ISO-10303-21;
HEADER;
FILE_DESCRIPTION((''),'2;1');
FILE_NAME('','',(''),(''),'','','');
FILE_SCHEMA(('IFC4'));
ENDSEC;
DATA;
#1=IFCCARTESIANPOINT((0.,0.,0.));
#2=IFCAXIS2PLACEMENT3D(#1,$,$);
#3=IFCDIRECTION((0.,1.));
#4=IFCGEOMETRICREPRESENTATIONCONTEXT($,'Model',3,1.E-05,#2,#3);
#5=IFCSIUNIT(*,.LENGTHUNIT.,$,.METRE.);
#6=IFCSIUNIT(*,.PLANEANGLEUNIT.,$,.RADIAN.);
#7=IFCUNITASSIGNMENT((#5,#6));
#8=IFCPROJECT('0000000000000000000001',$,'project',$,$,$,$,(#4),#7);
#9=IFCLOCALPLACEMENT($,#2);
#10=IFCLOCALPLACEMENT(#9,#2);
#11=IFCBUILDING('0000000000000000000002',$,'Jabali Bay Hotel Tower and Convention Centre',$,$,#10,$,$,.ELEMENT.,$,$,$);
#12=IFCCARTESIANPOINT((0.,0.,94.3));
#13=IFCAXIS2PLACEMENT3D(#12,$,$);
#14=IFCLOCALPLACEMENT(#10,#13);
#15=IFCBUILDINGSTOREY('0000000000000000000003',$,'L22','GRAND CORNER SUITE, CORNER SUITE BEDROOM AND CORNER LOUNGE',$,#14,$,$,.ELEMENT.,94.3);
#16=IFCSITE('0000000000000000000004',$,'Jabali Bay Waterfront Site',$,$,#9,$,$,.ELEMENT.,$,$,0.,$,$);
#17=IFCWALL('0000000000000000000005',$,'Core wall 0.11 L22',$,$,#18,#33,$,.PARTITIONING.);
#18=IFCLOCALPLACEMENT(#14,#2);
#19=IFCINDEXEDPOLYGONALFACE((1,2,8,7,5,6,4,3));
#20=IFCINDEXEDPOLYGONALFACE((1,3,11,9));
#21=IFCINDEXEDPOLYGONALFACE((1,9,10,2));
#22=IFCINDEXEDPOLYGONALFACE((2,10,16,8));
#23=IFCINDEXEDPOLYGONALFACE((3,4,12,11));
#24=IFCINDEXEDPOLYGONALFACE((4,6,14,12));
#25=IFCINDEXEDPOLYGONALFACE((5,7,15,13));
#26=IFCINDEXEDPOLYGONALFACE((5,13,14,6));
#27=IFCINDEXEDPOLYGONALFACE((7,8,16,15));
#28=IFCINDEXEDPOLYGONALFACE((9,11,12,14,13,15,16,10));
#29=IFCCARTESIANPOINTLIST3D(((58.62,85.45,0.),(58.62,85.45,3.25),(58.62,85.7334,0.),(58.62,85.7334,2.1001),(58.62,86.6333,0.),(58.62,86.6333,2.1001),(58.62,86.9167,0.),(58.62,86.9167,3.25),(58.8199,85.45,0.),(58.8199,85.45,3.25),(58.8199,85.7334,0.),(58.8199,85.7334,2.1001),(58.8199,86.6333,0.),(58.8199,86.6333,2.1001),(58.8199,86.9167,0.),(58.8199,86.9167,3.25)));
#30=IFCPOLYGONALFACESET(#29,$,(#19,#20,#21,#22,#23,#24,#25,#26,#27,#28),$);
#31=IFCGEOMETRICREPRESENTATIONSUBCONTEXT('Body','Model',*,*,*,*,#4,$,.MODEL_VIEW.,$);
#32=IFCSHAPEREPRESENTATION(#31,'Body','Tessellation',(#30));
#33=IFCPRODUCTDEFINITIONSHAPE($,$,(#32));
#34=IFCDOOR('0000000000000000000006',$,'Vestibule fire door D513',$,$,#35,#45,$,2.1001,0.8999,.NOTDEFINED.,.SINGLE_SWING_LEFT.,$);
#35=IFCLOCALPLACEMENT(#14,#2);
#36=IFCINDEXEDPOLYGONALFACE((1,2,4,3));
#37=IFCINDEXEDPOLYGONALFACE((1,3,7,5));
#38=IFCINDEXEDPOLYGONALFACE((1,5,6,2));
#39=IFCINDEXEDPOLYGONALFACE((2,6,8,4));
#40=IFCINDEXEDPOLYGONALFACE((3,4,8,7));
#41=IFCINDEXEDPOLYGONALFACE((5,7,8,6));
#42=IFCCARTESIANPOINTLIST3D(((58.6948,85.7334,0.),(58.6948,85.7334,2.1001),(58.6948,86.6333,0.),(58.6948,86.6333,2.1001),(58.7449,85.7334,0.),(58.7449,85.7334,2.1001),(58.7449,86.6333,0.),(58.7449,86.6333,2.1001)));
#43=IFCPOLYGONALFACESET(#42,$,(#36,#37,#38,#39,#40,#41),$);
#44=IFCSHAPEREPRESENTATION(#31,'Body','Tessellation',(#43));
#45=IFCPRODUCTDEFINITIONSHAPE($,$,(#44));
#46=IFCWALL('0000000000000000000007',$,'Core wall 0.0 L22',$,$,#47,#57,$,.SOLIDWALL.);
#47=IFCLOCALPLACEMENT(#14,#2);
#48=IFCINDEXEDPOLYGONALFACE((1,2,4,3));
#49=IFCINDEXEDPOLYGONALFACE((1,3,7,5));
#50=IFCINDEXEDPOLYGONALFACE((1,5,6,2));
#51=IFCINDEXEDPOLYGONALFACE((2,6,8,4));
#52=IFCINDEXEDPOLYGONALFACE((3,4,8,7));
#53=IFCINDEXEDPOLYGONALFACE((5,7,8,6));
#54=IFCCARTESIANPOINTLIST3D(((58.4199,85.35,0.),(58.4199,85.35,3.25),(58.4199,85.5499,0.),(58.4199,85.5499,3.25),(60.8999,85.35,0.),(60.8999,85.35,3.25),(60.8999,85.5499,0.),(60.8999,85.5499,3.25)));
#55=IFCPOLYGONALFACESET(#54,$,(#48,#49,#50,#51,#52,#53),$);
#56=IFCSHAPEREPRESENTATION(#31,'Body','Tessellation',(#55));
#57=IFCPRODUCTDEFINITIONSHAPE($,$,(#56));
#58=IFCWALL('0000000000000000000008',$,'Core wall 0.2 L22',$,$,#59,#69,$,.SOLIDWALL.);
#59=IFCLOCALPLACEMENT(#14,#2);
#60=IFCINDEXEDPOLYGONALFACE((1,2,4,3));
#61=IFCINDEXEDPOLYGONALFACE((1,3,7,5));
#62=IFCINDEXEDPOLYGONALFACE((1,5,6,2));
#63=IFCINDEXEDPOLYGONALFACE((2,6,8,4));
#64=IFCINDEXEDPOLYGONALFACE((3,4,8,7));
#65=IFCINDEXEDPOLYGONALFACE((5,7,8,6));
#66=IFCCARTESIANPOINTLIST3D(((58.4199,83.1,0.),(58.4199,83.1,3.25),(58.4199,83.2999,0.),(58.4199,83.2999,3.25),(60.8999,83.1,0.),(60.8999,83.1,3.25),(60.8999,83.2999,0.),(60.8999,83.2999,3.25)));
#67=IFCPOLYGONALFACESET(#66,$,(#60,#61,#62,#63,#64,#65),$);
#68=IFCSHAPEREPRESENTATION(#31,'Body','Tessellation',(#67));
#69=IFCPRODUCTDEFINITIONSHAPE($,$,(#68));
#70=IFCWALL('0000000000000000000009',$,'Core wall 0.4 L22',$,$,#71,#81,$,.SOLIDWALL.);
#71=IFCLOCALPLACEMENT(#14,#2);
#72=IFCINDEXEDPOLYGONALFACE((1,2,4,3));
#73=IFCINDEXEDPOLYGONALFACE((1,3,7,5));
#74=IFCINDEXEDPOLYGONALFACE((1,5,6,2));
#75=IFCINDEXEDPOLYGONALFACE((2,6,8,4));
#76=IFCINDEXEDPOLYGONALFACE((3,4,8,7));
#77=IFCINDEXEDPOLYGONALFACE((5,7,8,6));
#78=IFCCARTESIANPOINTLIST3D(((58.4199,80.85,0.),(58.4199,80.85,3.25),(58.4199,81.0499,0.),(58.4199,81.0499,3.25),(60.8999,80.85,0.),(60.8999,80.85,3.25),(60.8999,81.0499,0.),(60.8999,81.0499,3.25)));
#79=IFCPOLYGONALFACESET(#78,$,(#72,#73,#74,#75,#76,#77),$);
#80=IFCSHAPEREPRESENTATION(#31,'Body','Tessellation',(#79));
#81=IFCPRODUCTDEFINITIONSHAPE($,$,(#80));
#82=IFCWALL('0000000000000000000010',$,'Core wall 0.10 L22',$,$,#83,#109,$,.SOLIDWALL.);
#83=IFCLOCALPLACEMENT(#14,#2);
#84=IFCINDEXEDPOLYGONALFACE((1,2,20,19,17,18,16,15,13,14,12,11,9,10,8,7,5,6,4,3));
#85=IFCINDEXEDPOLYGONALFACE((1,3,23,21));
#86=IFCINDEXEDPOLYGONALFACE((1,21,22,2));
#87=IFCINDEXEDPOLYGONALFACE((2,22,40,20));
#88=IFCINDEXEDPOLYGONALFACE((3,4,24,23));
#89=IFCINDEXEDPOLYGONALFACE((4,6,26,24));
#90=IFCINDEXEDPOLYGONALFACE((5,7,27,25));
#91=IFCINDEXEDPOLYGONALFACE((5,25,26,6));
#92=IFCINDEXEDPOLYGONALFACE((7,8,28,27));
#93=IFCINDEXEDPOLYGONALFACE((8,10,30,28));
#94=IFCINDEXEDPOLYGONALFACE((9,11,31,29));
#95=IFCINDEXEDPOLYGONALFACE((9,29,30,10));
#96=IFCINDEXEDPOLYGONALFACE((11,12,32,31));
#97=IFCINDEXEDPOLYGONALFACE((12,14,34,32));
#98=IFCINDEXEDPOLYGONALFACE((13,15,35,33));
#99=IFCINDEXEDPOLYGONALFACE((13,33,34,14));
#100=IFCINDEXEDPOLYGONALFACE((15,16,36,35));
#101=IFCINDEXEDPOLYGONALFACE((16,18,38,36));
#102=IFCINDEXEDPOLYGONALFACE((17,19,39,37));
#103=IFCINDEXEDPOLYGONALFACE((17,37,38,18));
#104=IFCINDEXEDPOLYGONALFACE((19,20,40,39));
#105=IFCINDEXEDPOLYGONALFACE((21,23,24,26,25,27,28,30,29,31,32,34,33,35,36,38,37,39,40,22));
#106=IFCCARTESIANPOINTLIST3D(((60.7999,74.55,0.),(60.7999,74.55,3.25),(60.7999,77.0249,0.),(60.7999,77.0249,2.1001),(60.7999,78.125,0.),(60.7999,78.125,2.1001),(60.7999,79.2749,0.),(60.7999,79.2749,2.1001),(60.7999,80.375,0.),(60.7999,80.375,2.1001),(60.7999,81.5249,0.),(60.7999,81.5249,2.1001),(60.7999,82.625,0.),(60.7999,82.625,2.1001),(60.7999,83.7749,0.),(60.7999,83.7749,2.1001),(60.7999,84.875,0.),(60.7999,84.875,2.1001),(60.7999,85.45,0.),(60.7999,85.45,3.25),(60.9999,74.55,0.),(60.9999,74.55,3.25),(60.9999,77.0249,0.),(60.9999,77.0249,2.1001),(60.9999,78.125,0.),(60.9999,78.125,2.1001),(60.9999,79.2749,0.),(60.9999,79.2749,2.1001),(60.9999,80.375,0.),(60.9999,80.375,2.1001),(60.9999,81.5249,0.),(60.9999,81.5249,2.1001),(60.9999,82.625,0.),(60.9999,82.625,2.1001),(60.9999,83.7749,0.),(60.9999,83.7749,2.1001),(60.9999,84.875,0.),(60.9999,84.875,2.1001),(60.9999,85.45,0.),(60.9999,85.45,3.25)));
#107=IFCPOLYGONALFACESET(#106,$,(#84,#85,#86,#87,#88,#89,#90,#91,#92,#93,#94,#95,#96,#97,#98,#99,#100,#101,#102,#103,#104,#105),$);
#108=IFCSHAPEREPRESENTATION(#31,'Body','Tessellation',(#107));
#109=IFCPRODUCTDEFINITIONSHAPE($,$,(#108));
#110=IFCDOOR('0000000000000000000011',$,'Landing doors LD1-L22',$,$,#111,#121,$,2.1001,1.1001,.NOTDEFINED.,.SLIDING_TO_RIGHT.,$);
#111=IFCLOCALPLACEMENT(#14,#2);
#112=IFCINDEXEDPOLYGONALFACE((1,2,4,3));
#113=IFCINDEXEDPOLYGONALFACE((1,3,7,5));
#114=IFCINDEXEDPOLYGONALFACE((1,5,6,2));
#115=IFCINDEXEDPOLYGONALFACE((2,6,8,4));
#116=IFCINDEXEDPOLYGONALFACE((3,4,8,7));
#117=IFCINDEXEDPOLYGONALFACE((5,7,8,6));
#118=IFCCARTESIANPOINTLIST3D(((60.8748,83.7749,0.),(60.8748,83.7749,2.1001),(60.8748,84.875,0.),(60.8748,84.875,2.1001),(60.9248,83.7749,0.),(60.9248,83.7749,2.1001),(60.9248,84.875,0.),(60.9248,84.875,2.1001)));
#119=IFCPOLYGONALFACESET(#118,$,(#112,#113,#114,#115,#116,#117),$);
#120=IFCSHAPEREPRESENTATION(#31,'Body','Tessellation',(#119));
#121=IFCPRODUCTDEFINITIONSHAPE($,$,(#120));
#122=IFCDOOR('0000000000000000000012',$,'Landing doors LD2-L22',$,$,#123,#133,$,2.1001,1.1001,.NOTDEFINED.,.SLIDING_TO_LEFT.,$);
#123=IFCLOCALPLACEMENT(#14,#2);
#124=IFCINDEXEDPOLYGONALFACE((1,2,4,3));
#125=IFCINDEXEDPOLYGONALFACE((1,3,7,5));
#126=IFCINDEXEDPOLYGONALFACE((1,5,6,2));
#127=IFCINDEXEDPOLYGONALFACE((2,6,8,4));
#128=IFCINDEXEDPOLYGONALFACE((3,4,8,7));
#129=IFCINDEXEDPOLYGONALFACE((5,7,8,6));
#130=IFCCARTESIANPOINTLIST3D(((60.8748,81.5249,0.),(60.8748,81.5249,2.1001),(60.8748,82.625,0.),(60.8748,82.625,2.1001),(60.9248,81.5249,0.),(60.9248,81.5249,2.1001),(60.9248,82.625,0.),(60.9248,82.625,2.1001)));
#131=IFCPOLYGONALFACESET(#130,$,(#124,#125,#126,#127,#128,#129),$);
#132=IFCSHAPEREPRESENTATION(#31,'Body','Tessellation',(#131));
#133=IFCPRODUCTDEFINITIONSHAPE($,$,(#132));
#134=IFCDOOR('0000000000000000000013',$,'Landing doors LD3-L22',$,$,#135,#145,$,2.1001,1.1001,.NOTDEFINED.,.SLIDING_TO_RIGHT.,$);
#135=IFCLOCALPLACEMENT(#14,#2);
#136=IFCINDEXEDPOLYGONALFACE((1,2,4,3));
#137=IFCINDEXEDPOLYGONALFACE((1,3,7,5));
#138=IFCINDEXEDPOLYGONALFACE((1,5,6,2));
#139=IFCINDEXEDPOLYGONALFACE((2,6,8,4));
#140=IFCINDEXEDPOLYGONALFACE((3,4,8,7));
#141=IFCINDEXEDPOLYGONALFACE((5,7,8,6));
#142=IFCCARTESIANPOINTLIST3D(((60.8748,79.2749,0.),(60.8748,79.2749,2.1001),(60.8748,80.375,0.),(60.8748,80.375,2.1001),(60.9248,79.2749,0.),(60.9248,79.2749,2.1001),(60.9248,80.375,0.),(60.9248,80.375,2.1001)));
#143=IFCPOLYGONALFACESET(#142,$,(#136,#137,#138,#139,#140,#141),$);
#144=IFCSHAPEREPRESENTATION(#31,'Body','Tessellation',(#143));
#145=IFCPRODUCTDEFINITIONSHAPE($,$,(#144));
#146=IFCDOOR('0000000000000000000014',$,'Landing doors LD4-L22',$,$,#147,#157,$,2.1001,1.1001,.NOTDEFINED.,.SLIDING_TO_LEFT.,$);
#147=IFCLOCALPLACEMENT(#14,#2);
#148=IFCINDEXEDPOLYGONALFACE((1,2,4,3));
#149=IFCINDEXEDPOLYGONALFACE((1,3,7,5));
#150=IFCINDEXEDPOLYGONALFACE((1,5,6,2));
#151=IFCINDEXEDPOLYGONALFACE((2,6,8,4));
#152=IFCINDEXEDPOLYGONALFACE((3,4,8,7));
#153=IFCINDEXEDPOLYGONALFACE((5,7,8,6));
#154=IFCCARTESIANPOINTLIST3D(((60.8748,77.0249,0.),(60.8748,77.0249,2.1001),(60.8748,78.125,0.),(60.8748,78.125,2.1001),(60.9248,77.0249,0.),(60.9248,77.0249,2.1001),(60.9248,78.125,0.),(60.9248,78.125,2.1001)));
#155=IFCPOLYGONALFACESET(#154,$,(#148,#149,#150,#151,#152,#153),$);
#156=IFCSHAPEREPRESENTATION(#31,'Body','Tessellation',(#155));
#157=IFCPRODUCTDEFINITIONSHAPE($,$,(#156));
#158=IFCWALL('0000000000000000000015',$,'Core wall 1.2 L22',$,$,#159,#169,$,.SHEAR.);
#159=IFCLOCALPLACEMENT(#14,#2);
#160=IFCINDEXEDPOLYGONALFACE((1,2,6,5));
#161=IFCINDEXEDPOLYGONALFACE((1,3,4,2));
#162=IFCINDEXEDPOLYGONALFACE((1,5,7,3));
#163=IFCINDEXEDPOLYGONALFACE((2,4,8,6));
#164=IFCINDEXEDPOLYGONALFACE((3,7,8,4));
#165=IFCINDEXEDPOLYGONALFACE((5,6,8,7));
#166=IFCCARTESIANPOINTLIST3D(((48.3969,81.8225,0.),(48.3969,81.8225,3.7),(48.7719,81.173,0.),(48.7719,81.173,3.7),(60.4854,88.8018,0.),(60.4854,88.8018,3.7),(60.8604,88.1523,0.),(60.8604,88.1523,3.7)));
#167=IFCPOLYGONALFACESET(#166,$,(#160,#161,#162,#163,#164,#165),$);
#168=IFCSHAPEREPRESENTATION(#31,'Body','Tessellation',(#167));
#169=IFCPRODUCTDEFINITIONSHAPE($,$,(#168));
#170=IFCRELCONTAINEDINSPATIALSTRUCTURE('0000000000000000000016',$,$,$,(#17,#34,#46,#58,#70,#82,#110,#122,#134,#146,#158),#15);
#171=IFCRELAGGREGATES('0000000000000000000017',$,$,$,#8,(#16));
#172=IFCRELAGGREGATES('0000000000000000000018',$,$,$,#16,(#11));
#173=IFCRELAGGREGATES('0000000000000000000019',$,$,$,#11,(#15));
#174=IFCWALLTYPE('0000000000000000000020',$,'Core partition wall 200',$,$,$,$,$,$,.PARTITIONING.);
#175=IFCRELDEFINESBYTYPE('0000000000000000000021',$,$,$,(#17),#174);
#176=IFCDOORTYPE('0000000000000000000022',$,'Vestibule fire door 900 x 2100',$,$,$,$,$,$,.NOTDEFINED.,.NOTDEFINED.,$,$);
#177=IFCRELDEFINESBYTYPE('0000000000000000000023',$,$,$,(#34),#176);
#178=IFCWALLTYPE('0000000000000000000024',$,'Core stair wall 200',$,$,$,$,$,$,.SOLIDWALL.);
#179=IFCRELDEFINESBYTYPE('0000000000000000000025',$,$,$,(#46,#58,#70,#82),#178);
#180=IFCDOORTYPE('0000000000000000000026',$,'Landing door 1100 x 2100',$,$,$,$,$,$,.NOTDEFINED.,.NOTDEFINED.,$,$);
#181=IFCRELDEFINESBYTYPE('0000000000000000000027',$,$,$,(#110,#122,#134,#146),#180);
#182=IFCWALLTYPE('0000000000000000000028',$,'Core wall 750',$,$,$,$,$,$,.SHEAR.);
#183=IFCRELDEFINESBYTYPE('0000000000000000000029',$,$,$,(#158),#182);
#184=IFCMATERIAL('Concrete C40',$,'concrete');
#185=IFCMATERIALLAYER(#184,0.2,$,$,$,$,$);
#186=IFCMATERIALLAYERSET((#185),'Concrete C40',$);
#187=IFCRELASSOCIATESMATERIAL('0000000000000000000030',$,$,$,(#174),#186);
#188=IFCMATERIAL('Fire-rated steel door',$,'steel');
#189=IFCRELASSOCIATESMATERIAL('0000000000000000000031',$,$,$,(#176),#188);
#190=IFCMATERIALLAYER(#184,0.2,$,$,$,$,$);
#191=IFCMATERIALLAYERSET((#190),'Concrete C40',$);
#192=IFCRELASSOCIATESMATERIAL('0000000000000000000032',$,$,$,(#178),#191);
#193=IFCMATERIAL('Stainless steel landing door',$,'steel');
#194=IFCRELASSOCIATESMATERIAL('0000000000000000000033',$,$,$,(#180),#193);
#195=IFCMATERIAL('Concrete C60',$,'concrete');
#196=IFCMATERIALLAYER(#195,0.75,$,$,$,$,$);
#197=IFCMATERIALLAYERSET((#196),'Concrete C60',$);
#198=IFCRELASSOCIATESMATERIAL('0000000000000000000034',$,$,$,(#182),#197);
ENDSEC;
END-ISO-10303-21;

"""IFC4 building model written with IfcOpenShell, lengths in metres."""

from ifc_helpers import new_model, si_unit, direction, frame, frame_2d, origin, place, context, subcontext, project, spatial, rectangle, extrude, material, layer, layer_set, type_object, element, fill, save


model = new_model("IFC4")

# Units and contexts
model_context = context("Model", 3, precision=1e-05, world=origin(), true_north=direction((0.0, 1.0)))
body_context = subcontext(model_context, "Body", "Model", "MODEL_VIEW")
ifc_project = project(units=[si_unit("LENGTHUNIT", "METRE"), si_unit("PLANEANGLEUNIT", "RADIAN")], contexts=[model_context])

# Site, building, storey
site_placement = place(None, origin())
site = spatial("IfcSite", under=ifc_project, at=site_placement, Name="Jabali Bay Waterfront Site", CompositionType="ELEMENT", RefElevation=0.0)
building_placement = place(site_placement, origin())
building = spatial("IfcBuilding", under=site, at=building_placement, Name="Jabali Bay Hotel Tower and Convention Centre", CompositionType="ELEMENT")
storey_placement = place(building_placement, frame((0.0, 0.0, 94.3)))
storey = spatial("IfcBuildingStorey", under=building, at=storey_placement, Name="L22", Description="GRAND CORNER SUITE, CORNER SUITE BEDROOM AND CORNER LOUNGE", CompositionType="ELEMENT", Elevation=94.3)

# Wall, opening, door
ifc_material_1 = material(Name="Concrete C40", Category="concrete")
ifc_layer_1 = layer(ifc_material_1, 0.2)
ifc_layer_set_1 = layer_set([ifc_layer_1], Name="Concrete C40")
wall_type_1 = type_object("IfcWallType", Name="Core partition wall 200", PredefinedType="PARTITIONING", material=ifc_layer_set_1)
wall_1_placement = place(storey_placement, frame((58.72, 86.9167, 0.0), z_axis=(0.0, 0.0, 1.0), x_axis=(0.0, -1.0, 0.0)))
wall_1 = element("IfcWall", 1, at=wall_1_placement, inside=storey, type_object=wall_type_1, Name="Core wall 0.11 L22", PredefinedType="PARTITIONING", context=body_context, shape_type="SweptSolid", body=[
    extrude(rectangle(XDim=1.4668, YDim=0.2, at=frame_2d((0.7334, 0.0))), origin(), (0.0, 0.0, 1.0), 3.25),
])
opening_1_placement = place(wall_1_placement, frame((0.2834, 0.0, 0.0)))
opening_1 = element("IfcOpeningElement", 2, at=opening_1_placement, cuts=wall_1, PredefinedType="OPENING", context=body_context, shape_type="SweptSolid", body=[
    extrude(rectangle(XDim=0.8999, YDim=2.1001, at=frame_2d((0.45, 1.05))), frame((0.0, 0.1104, 0.0), z_axis=(0.0, -1.0, 0.0), x_axis=(1.0, 0.0, 0.0)), (0.0, 0.0, 1.0), 0.2209),
])
ifc_material_2 = material(Name="Fire-rated steel door", Category="steel")
door_type_1 = type_object("IfcDoorType", Name="Vestibule fire door 900 x 2100", OperationType="NOTDEFINED", PredefinedType="NOTDEFINED", material=ifc_material_2)
door_1_placement = place(opening_1_placement, origin())
door_1 = element("IfcDoor", 3, at=door_1_placement, inside=storey, type_object=door_type_1, Name="Vestibule fire door D513", OperationType="SINGLE_SWING_LEFT", OverallHeight=2.1001, OverallWidth=0.8999, PredefinedType="NOTDEFINED", context=body_context, shape_type="SweptSolid", body=[
    extrude(rectangle(XDim=0.8999, YDim=2.1001, at=frame_2d((0.45, 1.05))), frame((0.0, 0.0249, 0.0), z_axis=(0.0, -1.0, 0.0), x_axis=(1.0, 0.0, 0.0)), (0.0, 0.0, 1.0), 0.05),
])
fill(opening_1, door_1)

# Walls
ifc_layer_2 = layer(ifc_material_1, 0.2)
ifc_layer_set_2 = layer_set([ifc_layer_2], Name="Concrete C40")
wall_type_2 = type_object("IfcWallType", Name="Core stair wall 200", PredefinedType="SOLIDWALL", material=ifc_layer_set_2)
for number, where, z_axis, x_axis, name in (
    (4, (60.8999, 85.45, 0.0), (0.0, 0.0, 1.0), (-1.0, 0.0, 0.0), "Core wall 0.0 L22"),
    (5, (60.8999, 83.2, 0.0), (0.0, 0.0, 1.0), (-1.0, 0.0, 0.0), "Core wall 0.2 L22"),
    (6, (60.8999, 80.95, 0.0), (0.0, 0.0, 1.0), (-1.0, 0.0, 0.0), "Core wall 0.4 L22"),
):
    element("IfcWall", number, at=place(storey_placement, frame(where, z_axis=z_axis, x_axis=x_axis)), inside=storey, type_object=wall_type_2, Name=name, PredefinedType="SOLIDWALL", context=body_context, shape_type="SweptSolid", body=[
        extrude(rectangle(XDim=2.48, YDim=0.2, at=frame_2d((1.24, 0.0))), origin(), (0.0, 0.0, 1.0), 3.25),
    ])

# Wall, openings, doors
wall_2_placement = place(storey_placement, frame((60.8999, 85.45, 0.0), z_axis=(0.0, 0.0, 1.0), x_axis=(0.0, -1.0, 0.0)))
wall_2 = element("IfcWall", 7, at=wall_2_placement, inside=storey, type_object=wall_type_2, Name="Core wall 0.10 L22", PredefinedType="SOLIDWALL", context=body_context, shape_type="SweptSolid", body=[
    extrude(rectangle(XDim=10.8999, YDim=0.2, at=frame_2d((5.45, 0.0))), origin(), (0.0, 0.0, 1.0), 3.25),
])
opening_2_placement = place(wall_2_placement, frame((0.575, 0.0, 0.0)))
opening_2 = element("IfcOpeningElement", 8, at=opening_2_placement, cuts=wall_2, PredefinedType="OPENING", context=body_context, shape_type="SweptSolid", body=[
    extrude(rectangle(XDim=1.1001, YDim=2.1001, at=frame_2d((0.55, 1.05))), frame((0.0, 0.1104, 0.0), z_axis=(0.0, -1.0, 0.0), x_axis=(1.0, 0.0, 0.0)), (0.0, 0.0, 1.0), 0.2209),
])
opening_3_placement = place(wall_2_placement, frame((2.825, 0.0, 0.0)))
opening_3 = element("IfcOpeningElement", 9, at=opening_3_placement, cuts=wall_2, PredefinedType="OPENING", context=body_context, shape_type="SweptSolid", body=[
    extrude(rectangle(XDim=1.1001, YDim=2.1001, at=frame_2d((0.55, 1.05))), frame((0.0, 0.1104, 0.0), z_axis=(0.0, -1.0, 0.0), x_axis=(1.0, 0.0, 0.0)), (0.0, 0.0, 1.0), 0.2209),
])
opening_4_placement = place(wall_2_placement, frame((5.075, 0.0, 0.0)))
opening_4 = element("IfcOpeningElement", 10, at=opening_4_placement, cuts=wall_2, PredefinedType="OPENING", context=body_context, shape_type="SweptSolid", body=[
    extrude(rectangle(XDim=1.1001, YDim=2.1001, at=frame_2d((0.55, 1.05))), frame((0.0, 0.1104, 0.0), z_axis=(0.0, -1.0, 0.0), x_axis=(1.0, 0.0, 0.0)), (0.0, 0.0, 1.0), 0.2209),
])
opening_5_placement = place(wall_2_placement, frame((7.325, 0.0, 0.0)))
opening_5 = element("IfcOpeningElement", 11, at=opening_5_placement, cuts=wall_2, PredefinedType="OPENING", context=body_context, shape_type="SweptSolid", body=[
    extrude(rectangle(XDim=1.1001, YDim=2.1001, at=frame_2d((0.55, 1.05))), frame((0.0, 0.1104, 0.0), z_axis=(0.0, -1.0, 0.0), x_axis=(1.0, 0.0, 0.0)), (0.0, 0.0, 1.0), 0.2209),
])
ifc_material_3 = material(Name="Stainless steel landing door", Category="steel")
door_type_2 = type_object("IfcDoorType", Name="Landing door 1100 x 2100", OperationType="NOTDEFINED", PredefinedType="NOTDEFINED", material=ifc_material_3)
door_2_placement = place(opening_2_placement, origin())
door_2 = element("IfcDoor", 12, at=door_2_placement, inside=storey, type_object=door_type_2, Name="Landing doors LD1-L22", OperationType="SLIDING_TO_RIGHT", OverallHeight=2.1001, OverallWidth=1.1001, PredefinedType="NOTDEFINED", context=body_context, shape_type="SweptSolid", body=[
    extrude(rectangle(XDim=1.1001, YDim=2.1001, at=frame_2d((0.55, 1.05))), frame((0.0, 0.0249, 0.0), z_axis=(0.0, -1.0, 0.0), x_axis=(1.0, 0.0, 0.0)), (0.0, 0.0, 1.0), 0.05),
])
fill(opening_2, door_2)
door_3_placement = place(opening_3_placement, origin())
door_3 = element("IfcDoor", 13, at=door_3_placement, inside=storey, type_object=door_type_2, Name="Landing doors LD2-L22", OperationType="SLIDING_TO_LEFT", OverallHeight=2.1001, OverallWidth=1.1001, PredefinedType="NOTDEFINED", context=body_context, shape_type="SweptSolid", body=[
    extrude(rectangle(XDim=1.1001, YDim=2.1001, at=frame_2d((0.55, 1.05))), frame((0.0, 0.0249, 0.0), z_axis=(0.0, -1.0, 0.0), x_axis=(1.0, 0.0, 0.0)), (0.0, 0.0, 1.0), 0.05),
])
fill(opening_3, door_3)
door_4_placement = place(opening_4_placement, origin())
door_4 = element("IfcDoor", 14, at=door_4_placement, inside=storey, type_object=door_type_2, Name="Landing doors LD3-L22", OperationType="SLIDING_TO_RIGHT", OverallHeight=2.1001, OverallWidth=1.1001, PredefinedType="NOTDEFINED", context=body_context, shape_type="SweptSolid", body=[
    extrude(rectangle(XDim=1.1001, YDim=2.1001, at=frame_2d((0.55, 1.05))), frame((0.0, 0.0249, 0.0), z_axis=(0.0, -1.0, 0.0), x_axis=(1.0, 0.0, 0.0)), (0.0, 0.0, 1.0), 0.05),
])
fill(opening_4, door_4)
door_5_placement = place(opening_5_placement, origin())
door_5 = element("IfcDoor", 15, at=door_5_placement, inside=storey, type_object=door_type_2, Name="Landing doors LD4-L22", OperationType="SLIDING_TO_LEFT", OverallHeight=2.1001, OverallWidth=1.1001, PredefinedType="NOTDEFINED", context=body_context, shape_type="SweptSolid", body=[
    extrude(rectangle(XDim=1.1001, YDim=2.1001, at=frame_2d((0.55, 1.05))), frame((0.0, 0.0249, 0.0), z_axis=(0.0, -1.0, 0.0), x_axis=(1.0, 0.0, 0.0)), (0.0, 0.0, 1.0), 0.05),
])
fill(opening_5, door_5)

# Wall
ifc_material_4 = material(Name="Concrete C60", Category="concrete")
ifc_layer_3 = layer(ifc_material_4, 0.75)
ifc_layer_set_3 = layer_set([ifc_layer_3], Name="Concrete C60")
wall_type_3 = type_object("IfcWallType", Name="Core wall 750", PredefinedType="SHEAR", material=ifc_layer_set_3)
wall_3_placement = place(storey_placement, frame((60.6729, 88.4771, 0.0), z_axis=(0.0, 0.0, 1.0), x_axis=(-0.866025, -0.500001, 0.0)))
element("IfcWall", 16, at=wall_3_placement, inside=storey, type_object=wall_type_3, Name="Core wall 1.2 L22", PredefinedType="SHEAR", context=body_context, shape_type="SweptSolid", body=[
    extrude(rectangle(XDim=13.9585, YDim=0.75, at=frame_2d((6.9792, 0.0))), origin(), (0.0, 0.0, 1.0), 3.7),
])

save(model, "model.ifc")
